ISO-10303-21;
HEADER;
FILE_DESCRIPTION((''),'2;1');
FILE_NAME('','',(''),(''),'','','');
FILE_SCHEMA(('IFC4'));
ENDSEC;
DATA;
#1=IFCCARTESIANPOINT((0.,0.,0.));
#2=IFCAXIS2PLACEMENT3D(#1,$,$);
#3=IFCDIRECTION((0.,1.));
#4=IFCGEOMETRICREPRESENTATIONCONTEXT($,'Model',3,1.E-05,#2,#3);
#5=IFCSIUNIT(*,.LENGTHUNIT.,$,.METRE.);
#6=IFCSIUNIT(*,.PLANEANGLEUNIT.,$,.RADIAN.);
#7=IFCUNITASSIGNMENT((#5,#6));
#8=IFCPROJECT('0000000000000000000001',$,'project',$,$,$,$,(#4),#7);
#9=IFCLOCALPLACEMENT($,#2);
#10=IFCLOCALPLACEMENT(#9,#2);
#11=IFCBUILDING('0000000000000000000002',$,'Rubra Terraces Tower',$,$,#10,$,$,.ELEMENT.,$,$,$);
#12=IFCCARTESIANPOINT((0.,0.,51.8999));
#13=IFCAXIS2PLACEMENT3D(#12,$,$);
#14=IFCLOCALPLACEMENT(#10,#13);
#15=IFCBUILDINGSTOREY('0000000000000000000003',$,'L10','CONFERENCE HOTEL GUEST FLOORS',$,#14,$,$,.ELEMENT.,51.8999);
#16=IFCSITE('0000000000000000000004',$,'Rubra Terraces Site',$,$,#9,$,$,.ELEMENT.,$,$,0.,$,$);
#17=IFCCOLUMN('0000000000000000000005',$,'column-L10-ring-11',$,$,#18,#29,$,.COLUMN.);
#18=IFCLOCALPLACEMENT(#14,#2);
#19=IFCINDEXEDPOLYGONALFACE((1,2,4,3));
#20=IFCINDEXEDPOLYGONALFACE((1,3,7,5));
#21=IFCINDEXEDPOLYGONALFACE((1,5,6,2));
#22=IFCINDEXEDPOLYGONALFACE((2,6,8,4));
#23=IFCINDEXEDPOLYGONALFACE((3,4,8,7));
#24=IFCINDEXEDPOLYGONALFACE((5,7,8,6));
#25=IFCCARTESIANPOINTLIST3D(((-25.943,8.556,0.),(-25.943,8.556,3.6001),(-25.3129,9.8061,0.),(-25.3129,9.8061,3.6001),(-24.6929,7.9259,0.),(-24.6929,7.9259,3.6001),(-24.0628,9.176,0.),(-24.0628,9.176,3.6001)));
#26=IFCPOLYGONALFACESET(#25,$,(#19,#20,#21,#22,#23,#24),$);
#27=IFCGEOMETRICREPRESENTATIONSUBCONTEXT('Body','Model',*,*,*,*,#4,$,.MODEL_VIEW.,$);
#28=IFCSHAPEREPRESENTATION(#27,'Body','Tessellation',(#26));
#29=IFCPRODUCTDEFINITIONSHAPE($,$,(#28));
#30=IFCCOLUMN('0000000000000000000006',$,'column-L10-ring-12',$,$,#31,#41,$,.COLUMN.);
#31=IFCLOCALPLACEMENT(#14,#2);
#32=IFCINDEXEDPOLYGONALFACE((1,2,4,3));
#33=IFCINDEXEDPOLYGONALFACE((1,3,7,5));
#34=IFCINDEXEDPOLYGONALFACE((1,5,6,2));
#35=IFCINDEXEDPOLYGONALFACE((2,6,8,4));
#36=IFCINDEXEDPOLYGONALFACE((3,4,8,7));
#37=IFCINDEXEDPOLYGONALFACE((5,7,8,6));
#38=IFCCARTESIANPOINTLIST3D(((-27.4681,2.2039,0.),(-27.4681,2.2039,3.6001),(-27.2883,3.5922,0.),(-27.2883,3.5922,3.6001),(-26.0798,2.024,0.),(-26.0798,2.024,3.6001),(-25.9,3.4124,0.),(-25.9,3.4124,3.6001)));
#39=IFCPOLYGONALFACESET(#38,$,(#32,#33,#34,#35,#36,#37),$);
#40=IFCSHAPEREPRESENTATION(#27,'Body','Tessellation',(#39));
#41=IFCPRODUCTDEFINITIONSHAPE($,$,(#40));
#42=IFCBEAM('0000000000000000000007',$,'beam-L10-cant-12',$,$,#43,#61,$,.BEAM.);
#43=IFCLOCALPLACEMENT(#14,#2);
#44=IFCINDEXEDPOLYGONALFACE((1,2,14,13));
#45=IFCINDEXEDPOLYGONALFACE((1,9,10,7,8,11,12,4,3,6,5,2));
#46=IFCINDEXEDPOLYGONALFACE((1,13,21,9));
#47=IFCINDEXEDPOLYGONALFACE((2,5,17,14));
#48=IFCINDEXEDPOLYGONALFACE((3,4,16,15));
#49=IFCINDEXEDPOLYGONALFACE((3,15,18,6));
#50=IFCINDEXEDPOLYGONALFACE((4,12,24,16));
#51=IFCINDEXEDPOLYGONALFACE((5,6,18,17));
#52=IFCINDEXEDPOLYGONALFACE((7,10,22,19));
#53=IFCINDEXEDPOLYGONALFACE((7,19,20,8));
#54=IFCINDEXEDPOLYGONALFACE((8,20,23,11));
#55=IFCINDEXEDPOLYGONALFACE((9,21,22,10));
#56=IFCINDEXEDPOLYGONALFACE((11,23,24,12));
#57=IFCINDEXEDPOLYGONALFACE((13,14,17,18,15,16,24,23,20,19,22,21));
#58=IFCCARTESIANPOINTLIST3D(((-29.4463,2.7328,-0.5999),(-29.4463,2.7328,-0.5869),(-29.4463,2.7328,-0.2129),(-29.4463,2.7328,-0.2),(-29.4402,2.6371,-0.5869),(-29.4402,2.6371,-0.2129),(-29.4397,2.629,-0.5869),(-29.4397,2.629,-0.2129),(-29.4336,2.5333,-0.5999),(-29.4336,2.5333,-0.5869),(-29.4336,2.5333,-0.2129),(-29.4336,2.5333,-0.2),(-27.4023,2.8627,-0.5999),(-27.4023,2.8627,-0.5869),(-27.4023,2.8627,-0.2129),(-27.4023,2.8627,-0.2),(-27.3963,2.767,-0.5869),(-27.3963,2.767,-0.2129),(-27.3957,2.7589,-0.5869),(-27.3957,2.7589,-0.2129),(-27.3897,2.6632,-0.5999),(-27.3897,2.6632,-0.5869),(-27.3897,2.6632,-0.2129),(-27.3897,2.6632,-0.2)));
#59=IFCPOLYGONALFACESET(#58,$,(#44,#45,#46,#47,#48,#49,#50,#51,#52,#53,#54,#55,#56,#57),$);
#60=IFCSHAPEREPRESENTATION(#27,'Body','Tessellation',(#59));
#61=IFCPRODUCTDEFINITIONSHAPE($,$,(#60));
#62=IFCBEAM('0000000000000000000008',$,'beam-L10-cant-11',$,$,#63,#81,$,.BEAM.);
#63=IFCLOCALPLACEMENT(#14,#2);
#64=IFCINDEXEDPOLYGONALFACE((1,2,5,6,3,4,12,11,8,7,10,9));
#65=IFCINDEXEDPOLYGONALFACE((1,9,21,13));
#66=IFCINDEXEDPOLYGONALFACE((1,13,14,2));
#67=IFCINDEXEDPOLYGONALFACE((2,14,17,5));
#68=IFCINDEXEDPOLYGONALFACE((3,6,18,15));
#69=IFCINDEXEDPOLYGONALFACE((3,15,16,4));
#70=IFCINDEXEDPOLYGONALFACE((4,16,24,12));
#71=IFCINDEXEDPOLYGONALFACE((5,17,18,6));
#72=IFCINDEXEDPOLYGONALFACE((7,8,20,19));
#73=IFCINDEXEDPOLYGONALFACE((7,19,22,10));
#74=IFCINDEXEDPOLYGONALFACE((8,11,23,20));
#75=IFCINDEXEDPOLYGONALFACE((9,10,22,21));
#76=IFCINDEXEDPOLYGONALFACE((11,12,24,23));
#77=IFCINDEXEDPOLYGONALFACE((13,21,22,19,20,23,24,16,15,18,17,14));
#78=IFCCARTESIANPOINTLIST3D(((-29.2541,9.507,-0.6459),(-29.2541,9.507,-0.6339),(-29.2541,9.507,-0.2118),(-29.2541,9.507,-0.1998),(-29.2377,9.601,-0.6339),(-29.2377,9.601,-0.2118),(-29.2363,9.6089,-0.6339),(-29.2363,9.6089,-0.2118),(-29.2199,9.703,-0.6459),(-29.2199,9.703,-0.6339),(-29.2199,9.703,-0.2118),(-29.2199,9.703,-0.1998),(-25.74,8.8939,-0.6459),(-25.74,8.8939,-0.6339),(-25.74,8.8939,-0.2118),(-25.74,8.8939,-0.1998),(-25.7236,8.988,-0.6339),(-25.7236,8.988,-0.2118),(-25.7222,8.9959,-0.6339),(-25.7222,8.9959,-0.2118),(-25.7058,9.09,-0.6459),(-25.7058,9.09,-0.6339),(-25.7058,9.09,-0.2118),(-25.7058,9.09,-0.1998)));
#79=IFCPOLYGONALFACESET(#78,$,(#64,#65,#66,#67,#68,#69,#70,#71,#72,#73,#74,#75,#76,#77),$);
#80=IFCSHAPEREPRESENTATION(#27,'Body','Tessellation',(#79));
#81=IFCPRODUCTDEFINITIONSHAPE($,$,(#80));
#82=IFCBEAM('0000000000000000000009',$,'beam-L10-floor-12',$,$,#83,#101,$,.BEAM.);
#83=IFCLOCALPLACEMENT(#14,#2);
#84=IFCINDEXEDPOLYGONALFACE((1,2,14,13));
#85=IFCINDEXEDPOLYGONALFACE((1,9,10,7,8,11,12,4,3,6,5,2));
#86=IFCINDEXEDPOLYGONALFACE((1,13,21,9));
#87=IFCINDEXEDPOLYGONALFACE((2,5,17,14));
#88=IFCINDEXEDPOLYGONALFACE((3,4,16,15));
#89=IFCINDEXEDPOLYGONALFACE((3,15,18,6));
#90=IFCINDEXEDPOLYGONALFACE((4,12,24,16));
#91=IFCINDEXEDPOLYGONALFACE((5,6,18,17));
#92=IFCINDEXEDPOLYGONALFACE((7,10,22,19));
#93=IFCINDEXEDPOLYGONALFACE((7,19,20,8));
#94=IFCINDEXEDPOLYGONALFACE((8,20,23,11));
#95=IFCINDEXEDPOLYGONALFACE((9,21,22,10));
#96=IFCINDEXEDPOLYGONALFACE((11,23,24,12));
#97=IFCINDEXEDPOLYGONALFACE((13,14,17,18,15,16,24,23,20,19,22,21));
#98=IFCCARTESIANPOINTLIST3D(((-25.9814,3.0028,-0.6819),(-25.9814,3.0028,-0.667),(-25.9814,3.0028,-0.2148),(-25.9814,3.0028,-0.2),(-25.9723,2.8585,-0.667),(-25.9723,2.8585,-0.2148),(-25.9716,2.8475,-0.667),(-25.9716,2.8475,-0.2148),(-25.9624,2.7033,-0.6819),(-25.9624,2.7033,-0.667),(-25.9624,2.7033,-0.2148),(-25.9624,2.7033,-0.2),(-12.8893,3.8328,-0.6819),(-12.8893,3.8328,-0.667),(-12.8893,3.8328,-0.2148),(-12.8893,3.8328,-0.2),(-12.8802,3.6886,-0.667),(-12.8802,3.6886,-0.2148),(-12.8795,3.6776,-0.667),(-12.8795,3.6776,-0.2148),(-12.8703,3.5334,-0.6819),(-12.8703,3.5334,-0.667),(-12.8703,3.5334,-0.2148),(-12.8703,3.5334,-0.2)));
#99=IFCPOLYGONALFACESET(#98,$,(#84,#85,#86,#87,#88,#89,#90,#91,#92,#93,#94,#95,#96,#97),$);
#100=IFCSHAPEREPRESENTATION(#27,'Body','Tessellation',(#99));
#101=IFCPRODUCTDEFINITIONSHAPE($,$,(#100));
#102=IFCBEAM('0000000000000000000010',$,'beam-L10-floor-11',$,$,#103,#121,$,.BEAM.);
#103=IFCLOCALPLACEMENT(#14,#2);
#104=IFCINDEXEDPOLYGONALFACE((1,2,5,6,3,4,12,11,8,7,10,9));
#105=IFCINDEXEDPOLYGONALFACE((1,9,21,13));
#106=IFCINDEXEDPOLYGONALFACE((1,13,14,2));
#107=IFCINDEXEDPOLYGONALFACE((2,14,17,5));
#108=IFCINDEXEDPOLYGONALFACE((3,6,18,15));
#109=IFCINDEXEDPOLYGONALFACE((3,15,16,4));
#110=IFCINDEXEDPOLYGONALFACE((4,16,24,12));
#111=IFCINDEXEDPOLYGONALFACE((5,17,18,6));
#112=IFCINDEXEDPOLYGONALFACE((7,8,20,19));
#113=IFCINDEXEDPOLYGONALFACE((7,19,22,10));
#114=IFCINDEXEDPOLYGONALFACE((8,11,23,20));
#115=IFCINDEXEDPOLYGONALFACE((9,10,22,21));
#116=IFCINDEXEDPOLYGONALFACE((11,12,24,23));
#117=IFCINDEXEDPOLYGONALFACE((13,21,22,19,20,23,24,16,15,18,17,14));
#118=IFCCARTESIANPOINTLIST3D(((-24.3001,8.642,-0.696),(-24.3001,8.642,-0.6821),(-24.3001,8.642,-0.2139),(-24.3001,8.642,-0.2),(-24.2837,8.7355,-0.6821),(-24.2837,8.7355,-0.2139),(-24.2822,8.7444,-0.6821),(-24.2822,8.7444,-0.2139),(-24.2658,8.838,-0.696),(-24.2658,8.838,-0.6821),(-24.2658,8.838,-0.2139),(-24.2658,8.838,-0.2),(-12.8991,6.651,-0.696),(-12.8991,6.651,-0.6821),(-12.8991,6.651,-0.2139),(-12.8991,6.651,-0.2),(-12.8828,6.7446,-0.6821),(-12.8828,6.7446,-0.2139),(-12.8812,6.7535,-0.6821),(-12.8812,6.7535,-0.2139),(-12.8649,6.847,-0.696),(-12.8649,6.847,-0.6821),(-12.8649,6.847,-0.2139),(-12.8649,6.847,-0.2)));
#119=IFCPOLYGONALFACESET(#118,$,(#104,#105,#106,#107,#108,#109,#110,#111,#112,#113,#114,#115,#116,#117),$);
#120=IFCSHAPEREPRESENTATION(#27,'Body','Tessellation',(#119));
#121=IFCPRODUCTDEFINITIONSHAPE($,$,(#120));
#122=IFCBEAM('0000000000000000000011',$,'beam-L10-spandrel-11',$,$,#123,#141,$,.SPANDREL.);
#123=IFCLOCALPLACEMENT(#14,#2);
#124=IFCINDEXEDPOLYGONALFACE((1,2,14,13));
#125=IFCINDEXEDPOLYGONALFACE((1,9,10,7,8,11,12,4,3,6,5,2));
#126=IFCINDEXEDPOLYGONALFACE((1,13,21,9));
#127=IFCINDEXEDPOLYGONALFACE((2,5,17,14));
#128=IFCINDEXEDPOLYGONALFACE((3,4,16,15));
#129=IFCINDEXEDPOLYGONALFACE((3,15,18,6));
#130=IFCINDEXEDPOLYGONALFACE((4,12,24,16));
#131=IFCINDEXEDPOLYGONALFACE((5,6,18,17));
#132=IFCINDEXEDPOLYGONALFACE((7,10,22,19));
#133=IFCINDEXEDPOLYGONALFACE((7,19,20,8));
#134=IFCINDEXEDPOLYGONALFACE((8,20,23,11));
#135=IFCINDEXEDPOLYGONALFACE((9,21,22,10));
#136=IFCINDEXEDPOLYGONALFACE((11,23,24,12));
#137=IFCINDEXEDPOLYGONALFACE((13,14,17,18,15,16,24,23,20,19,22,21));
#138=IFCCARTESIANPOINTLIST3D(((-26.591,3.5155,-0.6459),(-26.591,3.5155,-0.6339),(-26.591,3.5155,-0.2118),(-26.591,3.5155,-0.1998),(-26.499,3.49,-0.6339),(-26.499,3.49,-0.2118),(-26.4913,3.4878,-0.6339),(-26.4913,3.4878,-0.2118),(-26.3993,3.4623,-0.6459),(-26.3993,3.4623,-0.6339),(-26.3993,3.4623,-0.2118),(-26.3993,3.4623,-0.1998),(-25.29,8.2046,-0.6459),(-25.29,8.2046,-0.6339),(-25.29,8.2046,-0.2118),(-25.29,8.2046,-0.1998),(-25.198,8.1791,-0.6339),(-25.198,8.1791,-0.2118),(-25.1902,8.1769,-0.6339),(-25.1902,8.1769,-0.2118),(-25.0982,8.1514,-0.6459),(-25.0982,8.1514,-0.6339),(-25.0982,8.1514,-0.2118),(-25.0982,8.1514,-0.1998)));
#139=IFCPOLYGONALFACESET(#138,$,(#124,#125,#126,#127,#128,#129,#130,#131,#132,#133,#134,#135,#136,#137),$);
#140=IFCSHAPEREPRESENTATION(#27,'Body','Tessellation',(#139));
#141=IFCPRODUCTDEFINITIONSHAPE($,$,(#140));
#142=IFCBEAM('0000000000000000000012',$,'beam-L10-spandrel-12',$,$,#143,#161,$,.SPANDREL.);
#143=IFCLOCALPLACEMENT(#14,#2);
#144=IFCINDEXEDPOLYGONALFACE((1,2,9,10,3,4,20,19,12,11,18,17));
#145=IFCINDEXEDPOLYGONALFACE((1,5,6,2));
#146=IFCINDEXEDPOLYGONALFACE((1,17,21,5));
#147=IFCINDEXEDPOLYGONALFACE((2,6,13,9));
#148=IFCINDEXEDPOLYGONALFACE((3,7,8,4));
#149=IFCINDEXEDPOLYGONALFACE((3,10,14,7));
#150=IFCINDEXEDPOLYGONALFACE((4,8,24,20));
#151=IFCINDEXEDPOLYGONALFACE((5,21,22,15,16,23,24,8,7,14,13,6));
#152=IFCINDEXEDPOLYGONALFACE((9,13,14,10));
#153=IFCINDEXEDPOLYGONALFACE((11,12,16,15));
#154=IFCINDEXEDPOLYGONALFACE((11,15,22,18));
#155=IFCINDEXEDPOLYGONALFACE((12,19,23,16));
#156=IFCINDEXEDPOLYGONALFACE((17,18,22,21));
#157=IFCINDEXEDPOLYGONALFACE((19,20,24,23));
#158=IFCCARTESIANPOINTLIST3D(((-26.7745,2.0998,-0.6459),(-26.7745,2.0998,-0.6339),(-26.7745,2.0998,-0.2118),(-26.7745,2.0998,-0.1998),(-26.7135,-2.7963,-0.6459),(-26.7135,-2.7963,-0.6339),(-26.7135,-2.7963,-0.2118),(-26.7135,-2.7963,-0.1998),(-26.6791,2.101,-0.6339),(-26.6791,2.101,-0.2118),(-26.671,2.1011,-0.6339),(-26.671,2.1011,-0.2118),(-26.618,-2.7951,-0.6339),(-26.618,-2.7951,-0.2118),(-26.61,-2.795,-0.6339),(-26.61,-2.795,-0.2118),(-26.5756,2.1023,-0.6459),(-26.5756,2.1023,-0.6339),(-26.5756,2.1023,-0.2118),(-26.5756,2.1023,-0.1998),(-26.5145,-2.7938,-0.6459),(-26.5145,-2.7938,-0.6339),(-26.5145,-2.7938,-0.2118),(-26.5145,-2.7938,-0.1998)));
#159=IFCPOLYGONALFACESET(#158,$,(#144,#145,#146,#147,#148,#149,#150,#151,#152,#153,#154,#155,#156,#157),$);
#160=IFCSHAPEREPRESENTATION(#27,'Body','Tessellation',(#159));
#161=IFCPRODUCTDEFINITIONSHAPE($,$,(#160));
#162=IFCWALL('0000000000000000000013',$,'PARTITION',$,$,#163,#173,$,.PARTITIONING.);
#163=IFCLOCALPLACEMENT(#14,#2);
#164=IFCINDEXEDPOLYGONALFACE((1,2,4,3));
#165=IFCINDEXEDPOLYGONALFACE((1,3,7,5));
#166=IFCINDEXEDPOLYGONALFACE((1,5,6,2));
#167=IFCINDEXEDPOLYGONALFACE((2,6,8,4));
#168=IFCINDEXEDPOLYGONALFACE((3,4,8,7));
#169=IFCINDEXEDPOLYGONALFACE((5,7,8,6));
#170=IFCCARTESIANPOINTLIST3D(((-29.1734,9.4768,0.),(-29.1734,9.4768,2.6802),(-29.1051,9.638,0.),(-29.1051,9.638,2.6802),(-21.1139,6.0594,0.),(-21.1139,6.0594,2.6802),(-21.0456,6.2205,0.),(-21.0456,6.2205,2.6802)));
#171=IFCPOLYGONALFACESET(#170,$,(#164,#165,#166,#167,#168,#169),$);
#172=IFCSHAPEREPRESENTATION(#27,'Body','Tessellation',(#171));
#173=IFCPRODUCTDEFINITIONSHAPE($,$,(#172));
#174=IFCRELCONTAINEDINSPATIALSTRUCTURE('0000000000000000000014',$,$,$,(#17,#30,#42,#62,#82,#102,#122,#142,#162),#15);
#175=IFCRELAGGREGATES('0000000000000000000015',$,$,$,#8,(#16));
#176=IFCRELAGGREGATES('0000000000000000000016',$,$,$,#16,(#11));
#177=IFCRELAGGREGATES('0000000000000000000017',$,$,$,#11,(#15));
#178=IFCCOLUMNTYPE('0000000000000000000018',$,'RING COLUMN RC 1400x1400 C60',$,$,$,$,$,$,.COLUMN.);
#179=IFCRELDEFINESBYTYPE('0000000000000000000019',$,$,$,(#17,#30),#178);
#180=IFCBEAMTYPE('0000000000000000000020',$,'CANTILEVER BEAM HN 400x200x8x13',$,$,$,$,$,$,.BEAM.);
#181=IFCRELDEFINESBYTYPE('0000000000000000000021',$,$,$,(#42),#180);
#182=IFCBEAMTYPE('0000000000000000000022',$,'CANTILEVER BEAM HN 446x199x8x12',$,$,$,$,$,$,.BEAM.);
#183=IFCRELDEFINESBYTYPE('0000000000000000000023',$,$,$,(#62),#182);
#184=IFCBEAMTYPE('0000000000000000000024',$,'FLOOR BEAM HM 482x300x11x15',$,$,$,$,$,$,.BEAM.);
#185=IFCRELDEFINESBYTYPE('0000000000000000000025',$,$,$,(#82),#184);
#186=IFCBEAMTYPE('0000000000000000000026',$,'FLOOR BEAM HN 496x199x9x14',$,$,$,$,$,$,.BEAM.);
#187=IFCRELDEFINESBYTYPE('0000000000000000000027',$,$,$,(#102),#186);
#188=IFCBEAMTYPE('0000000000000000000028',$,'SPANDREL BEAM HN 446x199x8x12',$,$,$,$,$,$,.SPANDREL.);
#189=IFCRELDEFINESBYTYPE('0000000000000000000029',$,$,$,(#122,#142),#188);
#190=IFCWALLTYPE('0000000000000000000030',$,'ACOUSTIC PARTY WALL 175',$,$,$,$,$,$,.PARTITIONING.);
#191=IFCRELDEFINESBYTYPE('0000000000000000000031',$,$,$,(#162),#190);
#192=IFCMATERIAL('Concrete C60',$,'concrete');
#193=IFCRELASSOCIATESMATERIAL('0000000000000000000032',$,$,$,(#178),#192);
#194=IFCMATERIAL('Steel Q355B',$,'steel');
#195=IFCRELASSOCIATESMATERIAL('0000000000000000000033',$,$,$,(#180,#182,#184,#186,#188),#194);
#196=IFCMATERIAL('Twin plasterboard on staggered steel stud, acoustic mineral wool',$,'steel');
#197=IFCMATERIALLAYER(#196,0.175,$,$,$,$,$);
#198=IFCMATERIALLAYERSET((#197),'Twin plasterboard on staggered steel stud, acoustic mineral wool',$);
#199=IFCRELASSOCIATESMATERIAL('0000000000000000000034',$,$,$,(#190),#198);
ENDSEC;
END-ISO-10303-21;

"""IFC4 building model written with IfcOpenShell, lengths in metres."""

from ifc_helpers import new_model, si_unit, direction, frame, frame_2d, origin, origin_2d, place, context, subcontext, project, spatial, rectangle, i_section, extrude, material, layer, layer_set, material_profile, profile_set, type_object, element, save


model = new_model("IFC4")

# Units and contexts
model_context = context("Model", 3, precision=1e-05, world=origin(), true_north=direction((0.0, 1.0)))
body_context = subcontext(model_context, "Body", "Model", "MODEL_VIEW")
ifc_project = project(units=[si_unit("LENGTHUNIT", "METRE"), si_unit("PLANEANGLEUNIT", "RADIAN")], contexts=[model_context])

# Site, building, storey
site_placement = place(None, origin())
site = spatial("IfcSite", under=ifc_project, at=site_placement, Name="Rubra Terraces Site", CompositionType="ELEMENT", RefElevation=0.0)
building_placement = place(site_placement, origin())
building = spatial("IfcBuilding", under=site, at=building_placement, Name="Rubra Terraces Tower", CompositionType="ELEMENT")
storey_placement = place(building_placement, frame((0.0, 0.0, 51.8999)))
storey = spatial("IfcBuildingStorey", under=building, at=storey_placement, Name="L10", Description="CONFERENCE HOTEL GUEST FLOORS", CompositionType="ELEMENT", Elevation=51.8999)

# Columns
ifc_material_1 = material(Name="Concrete C60", Category="concrete")
ifc_material_profile_1 = material_profile(ifc_material_1, rectangle(XDim=1.3999, YDim=1.3999, at=origin_2d()), Name="RC 1400x1400")
ifc_profile_set_1 = profile_set([ifc_material_profile_1], Name="Concrete C60")
column_type = type_object("IfcColumnType", Name="RING COLUMN RC 1400x1400 C60", PredefinedType="COLUMN", material=ifc_profile_set_1)
for number, where, z_axis, x_axis, name in (
    (1, (-25.0029, 8.866, 0.0), (0.0, 0.0, 1.0), (-0.450099, -0.892979, 0.0), "column-L10-ring-11"),
    (2, (-26.6841, 2.8081, 0.0), (0.0, 0.0, 1.0), (-0.128445, -0.991717, 0.0), "column-L10-ring-12"),
):
    element("IfcColumn", number, at=place(storey_placement, frame(where, z_axis=z_axis, x_axis=x_axis)), inside=storey, type_object=column_type, Name=name, PredefinedType="COLUMN", context=body_context, shape_type="SweptSolid", body=[
        extrude(rectangle(XDim=1.3999, YDim=1.3999, at=origin_2d()), origin(), (0.0, 0.0, 1.0), 3.6001),
    ])

# Beams
ifc_material_2 = material(Name="Steel Q355B", Category="steel")
ifc_material_profile_2 = material_profile(ifc_material_2, i_section(OverallWidth=0.2, OverallDepth=0.3999, WebThickness=0.0081, FlangeThickness=0.0129, at=origin_2d()), Name="HN 400x200x8x13")
ifc_profile_set_2 = profile_set([ifc_material_profile_2], Name="Steel Q355B")
beam_type_1 = type_object("IfcBeamType", Name="CANTILEVER BEAM HN 400x200x8x13", PredefinedType="BEAM", material=ifc_profile_set_2)
beam_1_placement = place(storey_placement, frame((-27.396, 2.7629, -0.3999), z_axis=(-0.997987, -0.063417, 0.0), x_axis=(0.063417, -0.997987, 0.0)))
element("IfcBeam", 3, at=beam_1_placement, inside=storey, type_object=beam_type_1, Name="beam-L10-cant-12", PredefinedType="BEAM", context=body_context, shape_type="SweptSolid", body=[
    extrude(i_section(OverallWidth=0.2, OverallDepth=0.3999, WebThickness=0.0081, FlangeThickness=0.0129, at=origin_2d()), origin(), (0.0, 0.0, 1.0), 2.0481),
])
ifc_material_profile_3 = material_profile(ifc_material_2, i_section(OverallWidth=0.199, OverallDepth=0.446, WebThickness=0.0081, FlangeThickness=0.012, at=origin_2d()), Name="HN 446x199x8x12")
ifc_profile_set_3 = profile_set([ifc_material_profile_3], Name="Steel Q355B")
beam_type_2 = type_object("IfcBeamType", Name="CANTILEVER BEAM HN 446x199x8x12", PredefinedType="BEAM", material=ifc_profile_set_3)
beam_2_placement = place(storey_placement, frame((-25.7229, 8.9919, -0.4229), z_axis=(-0.985123, 0.171852, 0.0), x_axis=(-0.171852, -0.985123, 0.0)))
element("IfcBeam", 4, at=beam_2_placement, inside=storey, type_object=beam_type_2, Name="beam-L10-cant-11", PredefinedType="BEAM", context=body_context, shape_type="SweptSolid", body=[
    extrude(i_section(OverallWidth=0.199, OverallDepth=0.446, WebThickness=0.0081, FlangeThickness=0.012, at=origin_2d()), origin(), (0.0, 0.0, 1.0), 3.5671),
])
ifc_material_profile_4 = material_profile(ifc_material_2, i_section(OverallWidth=0.3, OverallDepth=0.4819, WebThickness=0.011, FlangeThickness=0.0149, at=origin_2d()), Name="HM 482x300x11x15")
ifc_profile_set_4 = profile_set([ifc_material_profile_4], Name="Steel Q355B")
beam_type_3 = type_object("IfcBeamType", Name="FLOOR BEAM HM 482x300x11x15", PredefinedType="BEAM", material=ifc_profile_set_4)
beam_3_placement = place(storey_placement, frame((-25.9719, 2.853, -0.4409), z_axis=(0.997996, 0.063276, 0.0), x_axis=(-0.063276, 0.997996, 0.0)))
element("IfcBeam", 5, at=beam_3_placement, inside=storey, type_object=beam_type_3, Name="beam-L10-floor-12", PredefinedType="BEAM", context=body_context, shape_type="SweptSolid", body=[
    extrude(i_section(OverallWidth=0.3, OverallDepth=0.4819, WebThickness=0.011, FlangeThickness=0.0149, at=origin_2d()), origin(), (0.0, 0.0, 1.0), 13.1184),
])
ifc_material_profile_5 = material_profile(ifc_material_2, i_section(OverallWidth=0.199, OverallDepth=0.4961, WebThickness=0.009, FlangeThickness=0.0139, at=origin_2d()), Name="HN 496x199x9x14")
ifc_profile_set_5 = profile_set([ifc_material_profile_5], Name="Steel Q355B")
beam_type_4 = type_object("IfcBeamType", Name="FLOOR BEAM HN 496x199x9x14", PredefinedType="BEAM", material=ifc_profile_set_5)
beam_4_placement = place(storey_placement, frame((-24.283, 8.74, -0.448), z_axis=(0.985092, -0.172029, 0.0), x_axis=(0.172029, 0.985092, 0.0)))
element("IfcBeam", 6, at=beam_4_placement, inside=storey, type_object=beam_type_4, Name="beam-L10-floor-11", PredefinedType="BEAM", context=body_context, shape_type="SweptSolid", body=[
    extrude(i_section(OverallWidth=0.199, OverallDepth=0.4961, WebThickness=0.009, FlangeThickness=0.0139, at=origin_2d()), origin(), (0.0, 0.0, 1.0), 11.5735),
])
ifc_material_profile_6 = material_profile(ifc_material_2, i_section(OverallWidth=0.199, OverallDepth=0.446, WebThickness=0.0081, FlangeThickness=0.012, at=origin_2d()), Name="HN 446x199x8x12")
ifc_profile_set_6 = profile_set([ifc_material_profile_6], Name="Steel Q355B")
beam_type_5 = type_object("IfcBeamType", Name="SPANDREL BEAM HN 446x199x8x12", PredefinedType="SPANDREL", material=ifc_profile_set_6)
beam_5_placement = place(storey_placement, frame((-25.1941, 8.178, -0.4229), z_axis=(-0.267364, -0.963595, 0.0), x_axis=(0.963595, -0.267364, 0.0)))
element("IfcBeam", 7, at=beam_5_placement, inside=storey, type_object=beam_type_5, Name="beam-L10-spandrel-11", PredefinedType="SPANDREL", context=body_context, shape_type="SweptSolid", body=[
    extrude(i_section(OverallWidth=0.199, OverallDepth=0.446, WebThickness=0.0081, FlangeThickness=0.012, at=origin_2d()), origin(), (0.0, 0.0, 1.0), 4.8662),
])
beam_6_placement = place(storey_placement, frame((-26.675, 2.1011, -0.4229), z_axis=(0.012465, -0.999922, 0.0), x_axis=(0.999922, 0.012465, 0.0)))
element("IfcBeam", 8, at=beam_6_placement, inside=storey, type_object=beam_type_5, Name="beam-L10-spandrel-12", PredefinedType="SPANDREL", context=body_context, shape_type="SweptSolid", body=[
    extrude(i_section(OverallWidth=0.199, OverallDepth=0.446, WebThickness=0.0081, FlangeThickness=0.012, at=origin_2d()), origin(), (0.0, 0.0, 1.0), 4.8965),
])

# Wall
ifc_material_3 = material(Name="Twin plasterboard on staggered steel stud, acoustic mineral wool", Category="steel")
ifc_layer_1 = layer(ifc_material_3, 0.175)
ifc_layer_set_1 = layer_set([ifc_layer_1], Name="Twin plasterboard on staggered steel stud, acoustic mineral wool")
wall_type_1 = type_object("IfcWallType", Name="ACOUSTIC PARTY WALL 175", PredefinedType="PARTITIONING", material=ifc_layer_set_1)
wall_1_placement = place(storey_placement, frame((-29.1392, 9.5574, 0.0), z_axis=(0.0, 0.0, 1.0), x_axis=(0.920653, -0.390382, 0.0)))
element("IfcWall", 9, at=wall_1_placement, inside=storey, type_object=wall_type_1, Name="PARTITION", PredefinedType="PARTITIONING", context=body_context, shape_type="SweptSolid", body=[
    extrude(rectangle(XDim=8.7542, YDim=0.175, at=frame_2d((4.377, 0.0))), origin(), (0.0, 0.0, 1.0), 2.6802),
])

save(model, "model.ifc")
